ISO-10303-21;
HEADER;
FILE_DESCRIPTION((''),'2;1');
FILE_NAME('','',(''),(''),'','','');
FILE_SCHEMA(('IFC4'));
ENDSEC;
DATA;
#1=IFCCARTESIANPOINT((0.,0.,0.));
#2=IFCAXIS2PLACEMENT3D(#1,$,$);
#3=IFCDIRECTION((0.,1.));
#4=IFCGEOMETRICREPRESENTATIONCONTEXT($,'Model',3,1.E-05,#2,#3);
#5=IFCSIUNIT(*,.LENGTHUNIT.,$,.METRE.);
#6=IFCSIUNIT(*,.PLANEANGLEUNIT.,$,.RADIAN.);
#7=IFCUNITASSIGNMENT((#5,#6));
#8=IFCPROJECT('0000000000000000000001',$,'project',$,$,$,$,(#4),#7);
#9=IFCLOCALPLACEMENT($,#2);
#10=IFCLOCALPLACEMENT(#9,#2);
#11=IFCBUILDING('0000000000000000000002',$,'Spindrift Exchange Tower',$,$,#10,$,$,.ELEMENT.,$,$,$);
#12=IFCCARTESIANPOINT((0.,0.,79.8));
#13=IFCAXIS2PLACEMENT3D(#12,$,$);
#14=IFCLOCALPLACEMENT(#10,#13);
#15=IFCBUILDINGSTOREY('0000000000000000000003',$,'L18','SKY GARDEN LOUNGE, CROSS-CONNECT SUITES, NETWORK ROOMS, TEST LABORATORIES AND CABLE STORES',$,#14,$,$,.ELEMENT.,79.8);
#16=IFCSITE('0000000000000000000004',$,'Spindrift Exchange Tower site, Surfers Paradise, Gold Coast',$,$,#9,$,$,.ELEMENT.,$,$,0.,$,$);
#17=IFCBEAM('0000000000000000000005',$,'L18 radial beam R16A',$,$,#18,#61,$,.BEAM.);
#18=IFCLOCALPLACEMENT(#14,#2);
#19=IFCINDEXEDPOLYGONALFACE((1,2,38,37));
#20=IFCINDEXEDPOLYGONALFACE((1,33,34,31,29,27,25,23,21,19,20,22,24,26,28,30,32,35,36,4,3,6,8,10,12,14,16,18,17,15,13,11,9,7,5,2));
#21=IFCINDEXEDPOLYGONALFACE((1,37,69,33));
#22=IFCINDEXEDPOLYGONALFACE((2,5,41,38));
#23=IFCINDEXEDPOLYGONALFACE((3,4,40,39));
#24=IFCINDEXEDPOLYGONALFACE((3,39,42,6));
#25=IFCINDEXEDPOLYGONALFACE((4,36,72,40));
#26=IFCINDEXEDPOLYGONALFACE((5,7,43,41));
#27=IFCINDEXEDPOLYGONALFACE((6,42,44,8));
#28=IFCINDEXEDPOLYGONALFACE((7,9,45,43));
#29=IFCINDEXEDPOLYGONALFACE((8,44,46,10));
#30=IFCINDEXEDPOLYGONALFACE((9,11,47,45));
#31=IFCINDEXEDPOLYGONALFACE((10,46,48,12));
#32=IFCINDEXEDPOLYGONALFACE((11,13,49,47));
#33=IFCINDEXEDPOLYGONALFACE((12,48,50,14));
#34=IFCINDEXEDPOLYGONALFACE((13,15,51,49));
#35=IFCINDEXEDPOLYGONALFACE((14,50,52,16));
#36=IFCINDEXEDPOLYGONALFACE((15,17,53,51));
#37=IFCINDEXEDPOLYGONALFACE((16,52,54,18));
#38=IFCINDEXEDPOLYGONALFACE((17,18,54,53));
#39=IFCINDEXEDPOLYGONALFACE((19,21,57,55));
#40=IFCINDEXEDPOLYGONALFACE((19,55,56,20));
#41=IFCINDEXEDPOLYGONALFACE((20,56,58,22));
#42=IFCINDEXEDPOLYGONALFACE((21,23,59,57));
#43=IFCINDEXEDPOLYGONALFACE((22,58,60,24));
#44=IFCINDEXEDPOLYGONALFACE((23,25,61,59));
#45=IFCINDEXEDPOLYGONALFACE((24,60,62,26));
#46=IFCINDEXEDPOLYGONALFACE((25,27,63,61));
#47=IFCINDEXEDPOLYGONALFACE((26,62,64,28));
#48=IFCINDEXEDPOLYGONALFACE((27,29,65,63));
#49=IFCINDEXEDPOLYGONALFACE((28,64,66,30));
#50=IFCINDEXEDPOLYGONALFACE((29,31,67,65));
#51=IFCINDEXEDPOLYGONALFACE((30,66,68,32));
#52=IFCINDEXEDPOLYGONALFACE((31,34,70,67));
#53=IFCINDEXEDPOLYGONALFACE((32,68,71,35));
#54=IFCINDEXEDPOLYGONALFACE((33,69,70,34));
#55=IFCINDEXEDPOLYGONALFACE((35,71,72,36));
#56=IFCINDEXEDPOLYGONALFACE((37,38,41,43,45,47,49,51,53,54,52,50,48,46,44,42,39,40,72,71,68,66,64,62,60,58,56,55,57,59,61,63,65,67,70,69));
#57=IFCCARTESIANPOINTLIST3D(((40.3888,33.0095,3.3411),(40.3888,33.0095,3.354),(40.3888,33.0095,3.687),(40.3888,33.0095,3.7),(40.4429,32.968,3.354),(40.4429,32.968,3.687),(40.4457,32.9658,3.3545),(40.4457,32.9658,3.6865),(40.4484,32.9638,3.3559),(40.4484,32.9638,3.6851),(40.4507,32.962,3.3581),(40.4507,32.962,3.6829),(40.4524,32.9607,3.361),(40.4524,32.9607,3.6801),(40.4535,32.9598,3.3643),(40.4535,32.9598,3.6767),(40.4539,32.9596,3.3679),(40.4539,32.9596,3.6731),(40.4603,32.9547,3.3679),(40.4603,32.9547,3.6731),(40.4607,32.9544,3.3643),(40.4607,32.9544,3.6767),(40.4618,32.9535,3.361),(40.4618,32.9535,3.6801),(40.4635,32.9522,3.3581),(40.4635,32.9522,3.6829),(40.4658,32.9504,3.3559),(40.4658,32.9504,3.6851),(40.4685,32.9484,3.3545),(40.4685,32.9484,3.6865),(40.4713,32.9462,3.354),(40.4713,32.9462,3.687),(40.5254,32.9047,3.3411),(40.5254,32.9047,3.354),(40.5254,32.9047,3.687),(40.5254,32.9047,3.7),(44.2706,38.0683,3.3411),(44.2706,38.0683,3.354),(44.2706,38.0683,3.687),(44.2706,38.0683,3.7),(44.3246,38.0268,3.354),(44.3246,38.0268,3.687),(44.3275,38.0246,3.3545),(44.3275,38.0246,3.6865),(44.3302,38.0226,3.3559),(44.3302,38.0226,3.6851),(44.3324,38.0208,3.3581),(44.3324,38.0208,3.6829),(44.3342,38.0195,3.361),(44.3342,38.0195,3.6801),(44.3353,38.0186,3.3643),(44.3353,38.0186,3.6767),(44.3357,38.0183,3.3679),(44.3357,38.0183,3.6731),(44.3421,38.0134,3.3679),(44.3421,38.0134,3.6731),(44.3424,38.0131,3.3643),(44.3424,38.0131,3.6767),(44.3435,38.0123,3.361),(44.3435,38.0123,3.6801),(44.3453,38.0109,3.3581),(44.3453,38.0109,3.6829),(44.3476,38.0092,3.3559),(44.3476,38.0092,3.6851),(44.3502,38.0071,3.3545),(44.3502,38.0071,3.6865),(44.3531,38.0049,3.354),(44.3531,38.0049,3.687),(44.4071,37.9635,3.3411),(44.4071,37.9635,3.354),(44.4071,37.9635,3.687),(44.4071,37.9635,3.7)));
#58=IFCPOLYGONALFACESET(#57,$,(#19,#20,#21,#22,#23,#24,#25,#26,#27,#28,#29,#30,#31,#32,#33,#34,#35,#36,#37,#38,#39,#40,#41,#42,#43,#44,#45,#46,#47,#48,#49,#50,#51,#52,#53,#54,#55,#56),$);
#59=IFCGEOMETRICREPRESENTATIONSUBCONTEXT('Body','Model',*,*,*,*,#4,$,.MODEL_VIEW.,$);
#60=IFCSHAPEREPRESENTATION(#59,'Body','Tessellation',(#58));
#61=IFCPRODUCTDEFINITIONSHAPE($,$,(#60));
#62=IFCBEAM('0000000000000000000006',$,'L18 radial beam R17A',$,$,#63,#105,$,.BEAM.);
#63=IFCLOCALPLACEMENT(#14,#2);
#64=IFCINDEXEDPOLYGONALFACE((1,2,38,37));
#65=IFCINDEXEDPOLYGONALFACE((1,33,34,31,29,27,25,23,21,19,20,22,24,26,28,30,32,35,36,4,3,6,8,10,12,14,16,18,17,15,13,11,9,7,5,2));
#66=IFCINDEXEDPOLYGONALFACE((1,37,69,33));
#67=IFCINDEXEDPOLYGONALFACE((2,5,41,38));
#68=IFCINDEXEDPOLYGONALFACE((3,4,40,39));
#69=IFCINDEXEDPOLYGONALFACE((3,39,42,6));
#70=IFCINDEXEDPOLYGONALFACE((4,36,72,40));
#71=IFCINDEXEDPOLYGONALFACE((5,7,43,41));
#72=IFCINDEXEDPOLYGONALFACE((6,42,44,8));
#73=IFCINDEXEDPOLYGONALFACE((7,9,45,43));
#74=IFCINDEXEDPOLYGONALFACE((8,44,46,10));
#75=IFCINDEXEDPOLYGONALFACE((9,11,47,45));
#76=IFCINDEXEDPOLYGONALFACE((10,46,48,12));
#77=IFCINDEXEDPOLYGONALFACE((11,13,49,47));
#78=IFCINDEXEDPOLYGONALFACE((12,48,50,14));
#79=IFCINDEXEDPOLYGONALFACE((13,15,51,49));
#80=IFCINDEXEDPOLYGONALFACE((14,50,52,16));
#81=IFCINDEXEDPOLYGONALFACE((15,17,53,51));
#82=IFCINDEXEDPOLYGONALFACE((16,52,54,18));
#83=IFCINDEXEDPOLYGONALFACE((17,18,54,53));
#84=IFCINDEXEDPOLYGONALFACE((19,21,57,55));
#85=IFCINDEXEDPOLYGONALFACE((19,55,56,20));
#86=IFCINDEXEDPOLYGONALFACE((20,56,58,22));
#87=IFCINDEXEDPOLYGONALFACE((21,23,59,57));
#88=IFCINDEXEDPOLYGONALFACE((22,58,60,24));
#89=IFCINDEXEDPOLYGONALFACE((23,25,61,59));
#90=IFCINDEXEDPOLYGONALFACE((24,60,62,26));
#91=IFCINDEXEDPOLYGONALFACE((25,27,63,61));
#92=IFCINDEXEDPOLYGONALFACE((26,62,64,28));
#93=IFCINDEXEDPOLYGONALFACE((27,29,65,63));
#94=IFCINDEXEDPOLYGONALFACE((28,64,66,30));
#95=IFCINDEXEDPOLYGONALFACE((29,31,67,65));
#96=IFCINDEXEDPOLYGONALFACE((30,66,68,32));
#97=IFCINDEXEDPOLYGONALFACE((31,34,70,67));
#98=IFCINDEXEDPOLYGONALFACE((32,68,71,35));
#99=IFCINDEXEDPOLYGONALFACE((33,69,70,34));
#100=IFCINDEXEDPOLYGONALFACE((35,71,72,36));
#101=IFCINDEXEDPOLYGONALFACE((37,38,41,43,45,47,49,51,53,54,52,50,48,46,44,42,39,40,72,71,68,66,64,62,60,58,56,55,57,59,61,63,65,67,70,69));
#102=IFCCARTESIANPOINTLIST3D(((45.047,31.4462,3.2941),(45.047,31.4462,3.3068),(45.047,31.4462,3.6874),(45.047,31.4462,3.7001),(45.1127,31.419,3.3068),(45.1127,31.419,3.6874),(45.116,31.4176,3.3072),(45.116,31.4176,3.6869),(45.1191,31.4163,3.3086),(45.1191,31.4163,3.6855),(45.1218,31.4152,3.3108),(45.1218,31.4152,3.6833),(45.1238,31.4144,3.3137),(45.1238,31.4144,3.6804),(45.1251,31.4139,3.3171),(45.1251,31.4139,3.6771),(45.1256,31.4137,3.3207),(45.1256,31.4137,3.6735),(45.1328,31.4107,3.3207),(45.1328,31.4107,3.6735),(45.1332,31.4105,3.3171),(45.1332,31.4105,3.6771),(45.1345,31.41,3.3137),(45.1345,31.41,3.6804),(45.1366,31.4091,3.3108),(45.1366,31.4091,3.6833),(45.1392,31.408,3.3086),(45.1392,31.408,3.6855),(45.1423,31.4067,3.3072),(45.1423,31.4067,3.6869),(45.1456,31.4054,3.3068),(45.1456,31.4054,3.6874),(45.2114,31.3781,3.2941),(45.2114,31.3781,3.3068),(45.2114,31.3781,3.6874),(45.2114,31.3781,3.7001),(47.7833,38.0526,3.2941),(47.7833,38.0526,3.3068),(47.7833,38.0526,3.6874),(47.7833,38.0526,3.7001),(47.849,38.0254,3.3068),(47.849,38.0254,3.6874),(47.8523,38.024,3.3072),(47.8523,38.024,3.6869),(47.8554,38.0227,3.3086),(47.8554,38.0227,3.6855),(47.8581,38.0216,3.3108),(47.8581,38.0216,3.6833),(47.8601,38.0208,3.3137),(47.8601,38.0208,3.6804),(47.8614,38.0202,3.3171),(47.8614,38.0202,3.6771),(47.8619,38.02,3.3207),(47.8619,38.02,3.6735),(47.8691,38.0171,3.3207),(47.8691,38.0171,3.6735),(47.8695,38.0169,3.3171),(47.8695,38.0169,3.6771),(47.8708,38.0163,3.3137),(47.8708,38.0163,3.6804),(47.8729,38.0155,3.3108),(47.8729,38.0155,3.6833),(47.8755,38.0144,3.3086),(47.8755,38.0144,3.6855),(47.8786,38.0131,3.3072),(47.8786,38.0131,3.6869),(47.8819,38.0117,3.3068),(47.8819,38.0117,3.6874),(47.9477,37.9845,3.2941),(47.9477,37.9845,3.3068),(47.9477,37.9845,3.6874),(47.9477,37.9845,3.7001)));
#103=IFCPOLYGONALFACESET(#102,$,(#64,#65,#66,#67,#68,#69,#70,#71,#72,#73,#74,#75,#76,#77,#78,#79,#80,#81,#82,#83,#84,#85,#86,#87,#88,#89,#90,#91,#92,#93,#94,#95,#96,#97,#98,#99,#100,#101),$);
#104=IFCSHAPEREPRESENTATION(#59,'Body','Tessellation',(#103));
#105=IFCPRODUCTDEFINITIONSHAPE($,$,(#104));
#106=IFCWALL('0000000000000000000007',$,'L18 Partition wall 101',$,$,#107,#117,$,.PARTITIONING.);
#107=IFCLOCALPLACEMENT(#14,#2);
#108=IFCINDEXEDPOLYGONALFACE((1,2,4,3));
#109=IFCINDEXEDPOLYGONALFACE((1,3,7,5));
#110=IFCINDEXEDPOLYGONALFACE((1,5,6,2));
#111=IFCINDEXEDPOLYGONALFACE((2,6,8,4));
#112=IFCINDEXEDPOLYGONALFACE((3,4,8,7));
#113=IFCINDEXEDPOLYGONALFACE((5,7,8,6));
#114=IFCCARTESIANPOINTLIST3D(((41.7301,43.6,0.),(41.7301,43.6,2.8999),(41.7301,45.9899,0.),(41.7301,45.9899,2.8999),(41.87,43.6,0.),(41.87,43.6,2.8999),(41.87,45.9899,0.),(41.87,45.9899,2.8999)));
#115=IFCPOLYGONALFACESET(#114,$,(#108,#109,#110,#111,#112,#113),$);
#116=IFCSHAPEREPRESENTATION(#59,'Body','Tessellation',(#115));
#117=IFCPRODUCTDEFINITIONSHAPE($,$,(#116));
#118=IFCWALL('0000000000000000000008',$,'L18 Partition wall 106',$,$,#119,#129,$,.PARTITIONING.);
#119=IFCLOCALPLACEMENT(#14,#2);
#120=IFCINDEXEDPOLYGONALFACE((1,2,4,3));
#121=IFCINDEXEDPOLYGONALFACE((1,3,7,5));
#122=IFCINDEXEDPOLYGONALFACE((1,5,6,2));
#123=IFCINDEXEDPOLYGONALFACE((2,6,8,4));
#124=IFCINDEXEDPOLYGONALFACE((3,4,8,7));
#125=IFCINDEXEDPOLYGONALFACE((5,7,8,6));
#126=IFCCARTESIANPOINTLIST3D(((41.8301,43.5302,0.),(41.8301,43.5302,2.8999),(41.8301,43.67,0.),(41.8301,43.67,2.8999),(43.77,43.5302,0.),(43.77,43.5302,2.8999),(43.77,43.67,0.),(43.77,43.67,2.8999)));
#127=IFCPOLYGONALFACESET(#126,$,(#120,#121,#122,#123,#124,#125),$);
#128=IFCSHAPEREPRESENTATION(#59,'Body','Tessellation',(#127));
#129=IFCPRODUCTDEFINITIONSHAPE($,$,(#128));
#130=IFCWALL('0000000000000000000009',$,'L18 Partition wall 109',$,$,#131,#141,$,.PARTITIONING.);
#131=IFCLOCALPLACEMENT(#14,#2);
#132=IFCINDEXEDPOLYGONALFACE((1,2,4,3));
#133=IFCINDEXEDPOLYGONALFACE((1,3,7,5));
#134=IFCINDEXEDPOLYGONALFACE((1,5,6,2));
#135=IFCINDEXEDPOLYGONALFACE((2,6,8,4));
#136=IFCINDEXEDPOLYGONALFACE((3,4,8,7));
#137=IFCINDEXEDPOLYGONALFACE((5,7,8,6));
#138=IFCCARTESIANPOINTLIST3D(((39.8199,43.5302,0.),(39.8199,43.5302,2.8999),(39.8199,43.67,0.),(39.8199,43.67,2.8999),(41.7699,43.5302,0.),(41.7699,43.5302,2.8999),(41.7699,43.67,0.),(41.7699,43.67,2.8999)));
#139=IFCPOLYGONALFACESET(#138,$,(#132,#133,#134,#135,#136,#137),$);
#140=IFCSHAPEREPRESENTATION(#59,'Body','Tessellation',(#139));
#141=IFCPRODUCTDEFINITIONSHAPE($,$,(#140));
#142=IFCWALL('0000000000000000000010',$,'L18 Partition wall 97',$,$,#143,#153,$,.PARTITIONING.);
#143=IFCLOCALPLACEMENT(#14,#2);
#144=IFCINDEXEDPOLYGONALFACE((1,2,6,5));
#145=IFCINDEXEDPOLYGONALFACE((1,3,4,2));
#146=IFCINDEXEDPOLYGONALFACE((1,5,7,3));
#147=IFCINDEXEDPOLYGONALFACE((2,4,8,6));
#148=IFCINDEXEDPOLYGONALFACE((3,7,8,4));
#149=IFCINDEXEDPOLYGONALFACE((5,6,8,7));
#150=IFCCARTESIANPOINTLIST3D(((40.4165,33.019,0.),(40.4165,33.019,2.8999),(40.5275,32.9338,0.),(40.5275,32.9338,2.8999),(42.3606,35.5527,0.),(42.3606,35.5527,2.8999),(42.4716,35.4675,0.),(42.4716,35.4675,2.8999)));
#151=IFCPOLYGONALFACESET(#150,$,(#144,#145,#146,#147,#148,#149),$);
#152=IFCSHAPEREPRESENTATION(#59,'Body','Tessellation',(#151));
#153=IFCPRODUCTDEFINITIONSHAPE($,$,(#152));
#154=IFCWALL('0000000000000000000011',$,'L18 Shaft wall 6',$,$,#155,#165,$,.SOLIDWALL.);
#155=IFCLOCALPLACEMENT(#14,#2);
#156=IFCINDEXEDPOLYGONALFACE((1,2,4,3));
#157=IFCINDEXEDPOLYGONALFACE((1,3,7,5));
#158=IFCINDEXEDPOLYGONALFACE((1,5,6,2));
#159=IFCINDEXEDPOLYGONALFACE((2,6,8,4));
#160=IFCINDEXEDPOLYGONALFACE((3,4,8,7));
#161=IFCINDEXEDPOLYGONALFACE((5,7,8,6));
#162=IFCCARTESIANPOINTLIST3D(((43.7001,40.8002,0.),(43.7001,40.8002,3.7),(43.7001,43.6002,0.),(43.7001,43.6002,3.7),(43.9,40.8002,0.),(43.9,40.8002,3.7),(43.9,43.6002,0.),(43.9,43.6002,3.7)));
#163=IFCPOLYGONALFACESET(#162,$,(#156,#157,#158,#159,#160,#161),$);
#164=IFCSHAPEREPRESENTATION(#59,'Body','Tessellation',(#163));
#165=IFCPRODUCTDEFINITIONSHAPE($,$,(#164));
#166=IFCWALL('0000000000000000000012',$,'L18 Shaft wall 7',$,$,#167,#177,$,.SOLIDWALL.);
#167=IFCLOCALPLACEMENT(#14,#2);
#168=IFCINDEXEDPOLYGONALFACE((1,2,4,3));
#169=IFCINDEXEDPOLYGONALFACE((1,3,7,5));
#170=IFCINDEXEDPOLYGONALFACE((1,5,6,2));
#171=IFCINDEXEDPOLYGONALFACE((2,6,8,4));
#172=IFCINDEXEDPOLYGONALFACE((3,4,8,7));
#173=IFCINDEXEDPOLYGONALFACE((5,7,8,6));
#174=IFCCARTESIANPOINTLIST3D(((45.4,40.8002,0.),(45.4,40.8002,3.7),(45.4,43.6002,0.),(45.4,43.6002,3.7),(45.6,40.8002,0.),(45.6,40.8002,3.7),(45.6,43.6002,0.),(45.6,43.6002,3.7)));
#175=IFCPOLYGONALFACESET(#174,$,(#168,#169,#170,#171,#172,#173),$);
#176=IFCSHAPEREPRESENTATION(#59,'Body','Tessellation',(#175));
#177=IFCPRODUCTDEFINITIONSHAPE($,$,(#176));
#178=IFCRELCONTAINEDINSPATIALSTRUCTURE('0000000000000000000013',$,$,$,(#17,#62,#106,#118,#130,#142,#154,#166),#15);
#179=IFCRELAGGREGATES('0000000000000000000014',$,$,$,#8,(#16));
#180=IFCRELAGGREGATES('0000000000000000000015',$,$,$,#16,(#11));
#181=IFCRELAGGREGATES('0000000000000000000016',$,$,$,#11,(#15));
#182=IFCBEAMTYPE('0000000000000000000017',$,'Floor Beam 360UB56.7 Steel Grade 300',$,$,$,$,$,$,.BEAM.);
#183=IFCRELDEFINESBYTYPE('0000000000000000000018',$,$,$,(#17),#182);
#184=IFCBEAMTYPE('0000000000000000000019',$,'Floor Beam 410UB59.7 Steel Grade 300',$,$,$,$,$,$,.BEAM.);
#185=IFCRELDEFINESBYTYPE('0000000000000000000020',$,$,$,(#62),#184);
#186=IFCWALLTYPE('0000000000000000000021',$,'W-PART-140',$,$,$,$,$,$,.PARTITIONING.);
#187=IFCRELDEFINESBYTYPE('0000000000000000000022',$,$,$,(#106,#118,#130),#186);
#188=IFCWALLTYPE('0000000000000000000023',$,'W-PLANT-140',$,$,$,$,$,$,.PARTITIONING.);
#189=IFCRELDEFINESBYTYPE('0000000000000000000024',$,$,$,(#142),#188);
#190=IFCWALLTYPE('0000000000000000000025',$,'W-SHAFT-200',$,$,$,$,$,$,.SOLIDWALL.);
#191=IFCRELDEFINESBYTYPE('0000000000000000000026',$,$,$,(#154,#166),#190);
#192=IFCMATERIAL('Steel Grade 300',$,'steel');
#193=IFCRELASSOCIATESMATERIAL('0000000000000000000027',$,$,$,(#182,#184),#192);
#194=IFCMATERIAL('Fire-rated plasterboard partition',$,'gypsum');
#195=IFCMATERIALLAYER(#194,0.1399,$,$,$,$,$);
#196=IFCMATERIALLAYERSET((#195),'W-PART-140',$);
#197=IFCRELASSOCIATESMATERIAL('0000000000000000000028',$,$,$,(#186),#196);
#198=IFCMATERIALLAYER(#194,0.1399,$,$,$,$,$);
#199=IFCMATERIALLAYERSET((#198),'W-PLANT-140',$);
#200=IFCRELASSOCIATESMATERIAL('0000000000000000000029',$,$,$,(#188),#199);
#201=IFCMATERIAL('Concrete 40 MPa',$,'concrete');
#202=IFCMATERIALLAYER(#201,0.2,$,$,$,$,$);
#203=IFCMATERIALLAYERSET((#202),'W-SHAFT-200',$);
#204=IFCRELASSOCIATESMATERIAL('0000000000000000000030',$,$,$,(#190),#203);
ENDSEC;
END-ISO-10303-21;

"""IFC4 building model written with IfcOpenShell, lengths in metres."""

from ifc_helpers import new_model, si_unit, direction, frame, frame_2d, origin, origin_2d, place, context, subcontext, project, spatial, rectangle, i_section, extrude, source, transform, mapped, material, layer, layer_set, material_profile, profile_set, type_object, element, save


model = new_model("IFC4")

# Units and contexts
model_context = context("Model", 3, precision=1e-05, world=origin(), true_north=direction((0.0, 1.0)))
body_context = subcontext(model_context, "Body", "Model", "MODEL_VIEW")
ifc_project = project(units=[si_unit("LENGTHUNIT", "METRE"), si_unit("PLANEANGLEUNIT", "RADIAN")], contexts=[model_context])

# Site, building, storey
site_placement = place(None, origin())
site = spatial("IfcSite", under=ifc_project, at=site_placement, Name="Spindrift Exchange Tower site, Surfers Paradise, Gold Coast", CompositionType="ELEMENT", RefElevation=0.0)
building_placement = place(site_placement, origin())
building = spatial("IfcBuilding", under=site, at=building_placement, Name="Spindrift Exchange Tower", CompositionType="ELEMENT")
storey_placement = place(building_placement, frame((0.0, 0.0, 79.8)))
storey = spatial("IfcBuildingStorey", under=building, at=storey_placement, Name="L18", Description="SKY GARDEN LOUNGE, CROSS-CONNECT SUITES, NETWORK ROOMS, TEST LABORATORIES AND CABLE STORES", CompositionType="ELEMENT", Elevation=79.8)

# Beams
ifc_material_1 = material(Name="Steel Grade 300", Category="steel")
ifc_material_profile_1 = material_profile(ifc_material_1, i_section(OverallWidth=0.1721, OverallDepth=0.3589, WebThickness=0.0081, FlangeThickness=0.0129, FilletRadius=0.0139, at=origin_2d()), Name="360UB56.7")
ifc_profile_set_1 = profile_set([ifc_material_profile_1], Name="Steel Grade 300")
beam_type_1 = type_object("IfcBeamType", Name="Floor Beam 360UB56.7 Steel Grade 300", PredefinedType="BEAM", material=ifc_profile_set_1)
shared_shape_1 = source(origin(), body_context, "Body", "SweptSolid", [
    extrude(i_section(OverallWidth=0.1721, OverallDepth=0.3589, WebThickness=0.0081, FlangeThickness=0.0129, FilletRadius=0.0139, at=origin_2d()), origin(), (0.0, 0.0, 1.0), 6.3765),
])
beam_1_placement = place(storey_placement, frame((44.3389, 38.0159, 3.5205), z_axis=(-0.608767, -0.793349, 0.0), x_axis=(0.793349, -0.608767, 0.0)))
element("IfcBeam", 1, at=beam_1_placement, inside=storey, type_object=beam_type_1, Name="L18 radial beam R16A", PredefinedType="BEAM", context=body_context, shape_type="MappedRepresentation", body=[
    mapped(shared_shape_1, transform((0.0, 0.0, 0.0), scale=1.0)),
])
ifc_material_profile_2 = material_profile(ifc_material_1, i_section(OverallWidth=0.178, OverallDepth=0.406, WebThickness=0.0078, FlangeThickness=0.0127, FilletRadius=0.0139, at=origin_2d()), Name="410UB59.7")
ifc_profile_set_2 = profile_set([ifc_material_profile_2], Name="Steel Grade 300")
beam_type_2 = type_object("IfcBeamType", Name="Floor Beam 410UB59.7 Steel Grade 300", PredefinedType="BEAM", material=ifc_profile_set_2)
shared_shape_2 = source(origin(), body_context, "Body", "SweptSolid", [
    extrude(i_section(OverallWidth=0.178, OverallDepth=0.406, WebThickness=0.0078, FlangeThickness=0.0127, FilletRadius=0.0139, at=origin_2d()), origin(), (0.0, 0.0, 1.0), 7.1506),
])
beam_2_placement = place(storey_placement, frame((47.8655, 38.0186, 3.4971), z_axis=(-0.382665, -0.923887, 0.0), x_axis=(0.923887, -0.382665, 0.0)))
element("IfcBeam", 2, at=beam_2_placement, inside=storey, type_object=beam_type_2, Name="L18 radial beam R17A", PredefinedType="BEAM", context=body_context, shape_type="MappedRepresentation", body=[
    mapped(shared_shape_2, transform((0.0, 0.0, 0.0), scale=1.0)),
])

# Walls
ifc_material_2 = material(Name="Fire-rated plasterboard partition", Category="gypsum")
ifc_layer_1 = layer(ifc_material_2, 0.1399)
ifc_layer_set_1 = layer_set([ifc_layer_1], Name="W-PART-140")
wall_type_1 = type_object("IfcWallType", Name="W-PART-140", PredefinedType="PARTITIONING", material=ifc_layer_set_1)
wall_1_placement = place(storey_placement, frame((41.8, 43.6001, 0.0), z_axis=(0.0, 0.0, 1.0), x_axis=(0.0, 1.0, 0.0)))
element("IfcWall", 3, at=wall_1_placement, inside=storey, type_object=wall_type_1, Name="L18 Partition wall 101", PredefinedType="PARTITIONING", context=body_context, shape_type="SweptSolid", body=[
    extrude(rectangle(XDim=2.3899, YDim=0.1399, at=frame_2d((1.1948, 0.0))), origin(), (0.0, 0.0, 1.0), 2.8999),
])
wall_2_placement = place(storey_placement, frame((43.77, 43.6001, 0.0), z_axis=(0.0, 0.0, 1.0), x_axis=(-1.0, 0.0, 0.0)))
element("IfcWall", 4, at=wall_2_placement, inside=storey, type_object=wall_type_1, Name="L18 Partition wall 106", PredefinedType="PARTITIONING", context=body_context, shape_type="SweptSolid", body=[
    extrude(rectangle(XDim=1.9399, YDim=0.1399, at=frame_2d((0.97, 0.0))), origin(), (0.0, 0.0, 1.0), 2.8999),
])
wall_3_placement = place(storey_placement, frame((41.77, 43.6001, 0.0), z_axis=(0.0, 0.0, 1.0), x_axis=(-1.0, 0.0, 0.0)))
element("IfcWall", 5, at=wall_3_placement, inside=storey, type_object=wall_type_1, Name="L18 Partition wall 109", PredefinedType="PARTITIONING", context=body_context, shape_type="SweptSolid", body=[
    extrude(rectangle(XDim=1.95, YDim=0.1399, at=frame_2d((0.9751, 0.0))), origin(), (0.0, 0.0, 1.0), 2.8999),
])
ifc_layer_2 = layer(ifc_material_2, 0.1399)
ifc_layer_set_2 = layer_set([ifc_layer_2], Name="W-PLANT-140")
wall_type_2 = type_object("IfcWallType", Name="W-PLANT-140", PredefinedType="PARTITIONING", material=ifc_layer_set_2)
wall_4_placement = place(storey_placement, frame((42.416, 35.51, 0.0), z_axis=(0.0, 0.0, 1.0), x_axis=(-0.608746, -0.793365, 0.0)))
element("IfcWall", 6, at=wall_4_placement, inside=storey, type_object=wall_type_2, Name="L18 Partition wall 97", PredefinedType="PARTITIONING", context=body_context, shape_type="SweptSolid", body=[
    extrude(rectangle(XDim=3.1936, YDim=0.1399, at=frame_2d((1.5967, 0.0))), origin(), (0.0, 0.0, 1.0), 2.8999),
])
ifc_material_3 = material(Name="Concrete 40 MPa", Category="concrete")
ifc_layer_3 = layer(ifc_material_3, 0.2)
ifc_layer_set_3 = layer_set([ifc_layer_3], Name="W-SHAFT-200")
wall_type_3 = type_object("IfcWallType", Name="W-SHAFT-200", PredefinedType="SOLIDWALL", material=ifc_layer_set_3)
for number, where, z_axis, x_axis, name in (
    (7, (43.8, 43.6001, 0.0), (0.0, 0.0, 1.0), (0.0, -1.0, 0.0), "L18 Shaft wall 6"),
    (8, (45.5, 43.6001, 0.0), (0.0, 0.0, 1.0), (0.0, -1.0, 0.0), "L18 Shaft wall 7"),
):
    element("IfcWall", number, at=place(storey_placement, frame(where, z_axis=z_axis, x_axis=x_axis)), inside=storey, type_object=wall_type_3, Name=name, PredefinedType="SOLIDWALL", context=body_context, shape_type="SweptSolid", body=[
        extrude(rectangle(XDim=2.8, YDim=0.2, at=frame_2d((1.3999, 0.0))), origin(), (0.0, 0.0, 1.0), 3.7),
    ])

save(model, "model.ifc")
